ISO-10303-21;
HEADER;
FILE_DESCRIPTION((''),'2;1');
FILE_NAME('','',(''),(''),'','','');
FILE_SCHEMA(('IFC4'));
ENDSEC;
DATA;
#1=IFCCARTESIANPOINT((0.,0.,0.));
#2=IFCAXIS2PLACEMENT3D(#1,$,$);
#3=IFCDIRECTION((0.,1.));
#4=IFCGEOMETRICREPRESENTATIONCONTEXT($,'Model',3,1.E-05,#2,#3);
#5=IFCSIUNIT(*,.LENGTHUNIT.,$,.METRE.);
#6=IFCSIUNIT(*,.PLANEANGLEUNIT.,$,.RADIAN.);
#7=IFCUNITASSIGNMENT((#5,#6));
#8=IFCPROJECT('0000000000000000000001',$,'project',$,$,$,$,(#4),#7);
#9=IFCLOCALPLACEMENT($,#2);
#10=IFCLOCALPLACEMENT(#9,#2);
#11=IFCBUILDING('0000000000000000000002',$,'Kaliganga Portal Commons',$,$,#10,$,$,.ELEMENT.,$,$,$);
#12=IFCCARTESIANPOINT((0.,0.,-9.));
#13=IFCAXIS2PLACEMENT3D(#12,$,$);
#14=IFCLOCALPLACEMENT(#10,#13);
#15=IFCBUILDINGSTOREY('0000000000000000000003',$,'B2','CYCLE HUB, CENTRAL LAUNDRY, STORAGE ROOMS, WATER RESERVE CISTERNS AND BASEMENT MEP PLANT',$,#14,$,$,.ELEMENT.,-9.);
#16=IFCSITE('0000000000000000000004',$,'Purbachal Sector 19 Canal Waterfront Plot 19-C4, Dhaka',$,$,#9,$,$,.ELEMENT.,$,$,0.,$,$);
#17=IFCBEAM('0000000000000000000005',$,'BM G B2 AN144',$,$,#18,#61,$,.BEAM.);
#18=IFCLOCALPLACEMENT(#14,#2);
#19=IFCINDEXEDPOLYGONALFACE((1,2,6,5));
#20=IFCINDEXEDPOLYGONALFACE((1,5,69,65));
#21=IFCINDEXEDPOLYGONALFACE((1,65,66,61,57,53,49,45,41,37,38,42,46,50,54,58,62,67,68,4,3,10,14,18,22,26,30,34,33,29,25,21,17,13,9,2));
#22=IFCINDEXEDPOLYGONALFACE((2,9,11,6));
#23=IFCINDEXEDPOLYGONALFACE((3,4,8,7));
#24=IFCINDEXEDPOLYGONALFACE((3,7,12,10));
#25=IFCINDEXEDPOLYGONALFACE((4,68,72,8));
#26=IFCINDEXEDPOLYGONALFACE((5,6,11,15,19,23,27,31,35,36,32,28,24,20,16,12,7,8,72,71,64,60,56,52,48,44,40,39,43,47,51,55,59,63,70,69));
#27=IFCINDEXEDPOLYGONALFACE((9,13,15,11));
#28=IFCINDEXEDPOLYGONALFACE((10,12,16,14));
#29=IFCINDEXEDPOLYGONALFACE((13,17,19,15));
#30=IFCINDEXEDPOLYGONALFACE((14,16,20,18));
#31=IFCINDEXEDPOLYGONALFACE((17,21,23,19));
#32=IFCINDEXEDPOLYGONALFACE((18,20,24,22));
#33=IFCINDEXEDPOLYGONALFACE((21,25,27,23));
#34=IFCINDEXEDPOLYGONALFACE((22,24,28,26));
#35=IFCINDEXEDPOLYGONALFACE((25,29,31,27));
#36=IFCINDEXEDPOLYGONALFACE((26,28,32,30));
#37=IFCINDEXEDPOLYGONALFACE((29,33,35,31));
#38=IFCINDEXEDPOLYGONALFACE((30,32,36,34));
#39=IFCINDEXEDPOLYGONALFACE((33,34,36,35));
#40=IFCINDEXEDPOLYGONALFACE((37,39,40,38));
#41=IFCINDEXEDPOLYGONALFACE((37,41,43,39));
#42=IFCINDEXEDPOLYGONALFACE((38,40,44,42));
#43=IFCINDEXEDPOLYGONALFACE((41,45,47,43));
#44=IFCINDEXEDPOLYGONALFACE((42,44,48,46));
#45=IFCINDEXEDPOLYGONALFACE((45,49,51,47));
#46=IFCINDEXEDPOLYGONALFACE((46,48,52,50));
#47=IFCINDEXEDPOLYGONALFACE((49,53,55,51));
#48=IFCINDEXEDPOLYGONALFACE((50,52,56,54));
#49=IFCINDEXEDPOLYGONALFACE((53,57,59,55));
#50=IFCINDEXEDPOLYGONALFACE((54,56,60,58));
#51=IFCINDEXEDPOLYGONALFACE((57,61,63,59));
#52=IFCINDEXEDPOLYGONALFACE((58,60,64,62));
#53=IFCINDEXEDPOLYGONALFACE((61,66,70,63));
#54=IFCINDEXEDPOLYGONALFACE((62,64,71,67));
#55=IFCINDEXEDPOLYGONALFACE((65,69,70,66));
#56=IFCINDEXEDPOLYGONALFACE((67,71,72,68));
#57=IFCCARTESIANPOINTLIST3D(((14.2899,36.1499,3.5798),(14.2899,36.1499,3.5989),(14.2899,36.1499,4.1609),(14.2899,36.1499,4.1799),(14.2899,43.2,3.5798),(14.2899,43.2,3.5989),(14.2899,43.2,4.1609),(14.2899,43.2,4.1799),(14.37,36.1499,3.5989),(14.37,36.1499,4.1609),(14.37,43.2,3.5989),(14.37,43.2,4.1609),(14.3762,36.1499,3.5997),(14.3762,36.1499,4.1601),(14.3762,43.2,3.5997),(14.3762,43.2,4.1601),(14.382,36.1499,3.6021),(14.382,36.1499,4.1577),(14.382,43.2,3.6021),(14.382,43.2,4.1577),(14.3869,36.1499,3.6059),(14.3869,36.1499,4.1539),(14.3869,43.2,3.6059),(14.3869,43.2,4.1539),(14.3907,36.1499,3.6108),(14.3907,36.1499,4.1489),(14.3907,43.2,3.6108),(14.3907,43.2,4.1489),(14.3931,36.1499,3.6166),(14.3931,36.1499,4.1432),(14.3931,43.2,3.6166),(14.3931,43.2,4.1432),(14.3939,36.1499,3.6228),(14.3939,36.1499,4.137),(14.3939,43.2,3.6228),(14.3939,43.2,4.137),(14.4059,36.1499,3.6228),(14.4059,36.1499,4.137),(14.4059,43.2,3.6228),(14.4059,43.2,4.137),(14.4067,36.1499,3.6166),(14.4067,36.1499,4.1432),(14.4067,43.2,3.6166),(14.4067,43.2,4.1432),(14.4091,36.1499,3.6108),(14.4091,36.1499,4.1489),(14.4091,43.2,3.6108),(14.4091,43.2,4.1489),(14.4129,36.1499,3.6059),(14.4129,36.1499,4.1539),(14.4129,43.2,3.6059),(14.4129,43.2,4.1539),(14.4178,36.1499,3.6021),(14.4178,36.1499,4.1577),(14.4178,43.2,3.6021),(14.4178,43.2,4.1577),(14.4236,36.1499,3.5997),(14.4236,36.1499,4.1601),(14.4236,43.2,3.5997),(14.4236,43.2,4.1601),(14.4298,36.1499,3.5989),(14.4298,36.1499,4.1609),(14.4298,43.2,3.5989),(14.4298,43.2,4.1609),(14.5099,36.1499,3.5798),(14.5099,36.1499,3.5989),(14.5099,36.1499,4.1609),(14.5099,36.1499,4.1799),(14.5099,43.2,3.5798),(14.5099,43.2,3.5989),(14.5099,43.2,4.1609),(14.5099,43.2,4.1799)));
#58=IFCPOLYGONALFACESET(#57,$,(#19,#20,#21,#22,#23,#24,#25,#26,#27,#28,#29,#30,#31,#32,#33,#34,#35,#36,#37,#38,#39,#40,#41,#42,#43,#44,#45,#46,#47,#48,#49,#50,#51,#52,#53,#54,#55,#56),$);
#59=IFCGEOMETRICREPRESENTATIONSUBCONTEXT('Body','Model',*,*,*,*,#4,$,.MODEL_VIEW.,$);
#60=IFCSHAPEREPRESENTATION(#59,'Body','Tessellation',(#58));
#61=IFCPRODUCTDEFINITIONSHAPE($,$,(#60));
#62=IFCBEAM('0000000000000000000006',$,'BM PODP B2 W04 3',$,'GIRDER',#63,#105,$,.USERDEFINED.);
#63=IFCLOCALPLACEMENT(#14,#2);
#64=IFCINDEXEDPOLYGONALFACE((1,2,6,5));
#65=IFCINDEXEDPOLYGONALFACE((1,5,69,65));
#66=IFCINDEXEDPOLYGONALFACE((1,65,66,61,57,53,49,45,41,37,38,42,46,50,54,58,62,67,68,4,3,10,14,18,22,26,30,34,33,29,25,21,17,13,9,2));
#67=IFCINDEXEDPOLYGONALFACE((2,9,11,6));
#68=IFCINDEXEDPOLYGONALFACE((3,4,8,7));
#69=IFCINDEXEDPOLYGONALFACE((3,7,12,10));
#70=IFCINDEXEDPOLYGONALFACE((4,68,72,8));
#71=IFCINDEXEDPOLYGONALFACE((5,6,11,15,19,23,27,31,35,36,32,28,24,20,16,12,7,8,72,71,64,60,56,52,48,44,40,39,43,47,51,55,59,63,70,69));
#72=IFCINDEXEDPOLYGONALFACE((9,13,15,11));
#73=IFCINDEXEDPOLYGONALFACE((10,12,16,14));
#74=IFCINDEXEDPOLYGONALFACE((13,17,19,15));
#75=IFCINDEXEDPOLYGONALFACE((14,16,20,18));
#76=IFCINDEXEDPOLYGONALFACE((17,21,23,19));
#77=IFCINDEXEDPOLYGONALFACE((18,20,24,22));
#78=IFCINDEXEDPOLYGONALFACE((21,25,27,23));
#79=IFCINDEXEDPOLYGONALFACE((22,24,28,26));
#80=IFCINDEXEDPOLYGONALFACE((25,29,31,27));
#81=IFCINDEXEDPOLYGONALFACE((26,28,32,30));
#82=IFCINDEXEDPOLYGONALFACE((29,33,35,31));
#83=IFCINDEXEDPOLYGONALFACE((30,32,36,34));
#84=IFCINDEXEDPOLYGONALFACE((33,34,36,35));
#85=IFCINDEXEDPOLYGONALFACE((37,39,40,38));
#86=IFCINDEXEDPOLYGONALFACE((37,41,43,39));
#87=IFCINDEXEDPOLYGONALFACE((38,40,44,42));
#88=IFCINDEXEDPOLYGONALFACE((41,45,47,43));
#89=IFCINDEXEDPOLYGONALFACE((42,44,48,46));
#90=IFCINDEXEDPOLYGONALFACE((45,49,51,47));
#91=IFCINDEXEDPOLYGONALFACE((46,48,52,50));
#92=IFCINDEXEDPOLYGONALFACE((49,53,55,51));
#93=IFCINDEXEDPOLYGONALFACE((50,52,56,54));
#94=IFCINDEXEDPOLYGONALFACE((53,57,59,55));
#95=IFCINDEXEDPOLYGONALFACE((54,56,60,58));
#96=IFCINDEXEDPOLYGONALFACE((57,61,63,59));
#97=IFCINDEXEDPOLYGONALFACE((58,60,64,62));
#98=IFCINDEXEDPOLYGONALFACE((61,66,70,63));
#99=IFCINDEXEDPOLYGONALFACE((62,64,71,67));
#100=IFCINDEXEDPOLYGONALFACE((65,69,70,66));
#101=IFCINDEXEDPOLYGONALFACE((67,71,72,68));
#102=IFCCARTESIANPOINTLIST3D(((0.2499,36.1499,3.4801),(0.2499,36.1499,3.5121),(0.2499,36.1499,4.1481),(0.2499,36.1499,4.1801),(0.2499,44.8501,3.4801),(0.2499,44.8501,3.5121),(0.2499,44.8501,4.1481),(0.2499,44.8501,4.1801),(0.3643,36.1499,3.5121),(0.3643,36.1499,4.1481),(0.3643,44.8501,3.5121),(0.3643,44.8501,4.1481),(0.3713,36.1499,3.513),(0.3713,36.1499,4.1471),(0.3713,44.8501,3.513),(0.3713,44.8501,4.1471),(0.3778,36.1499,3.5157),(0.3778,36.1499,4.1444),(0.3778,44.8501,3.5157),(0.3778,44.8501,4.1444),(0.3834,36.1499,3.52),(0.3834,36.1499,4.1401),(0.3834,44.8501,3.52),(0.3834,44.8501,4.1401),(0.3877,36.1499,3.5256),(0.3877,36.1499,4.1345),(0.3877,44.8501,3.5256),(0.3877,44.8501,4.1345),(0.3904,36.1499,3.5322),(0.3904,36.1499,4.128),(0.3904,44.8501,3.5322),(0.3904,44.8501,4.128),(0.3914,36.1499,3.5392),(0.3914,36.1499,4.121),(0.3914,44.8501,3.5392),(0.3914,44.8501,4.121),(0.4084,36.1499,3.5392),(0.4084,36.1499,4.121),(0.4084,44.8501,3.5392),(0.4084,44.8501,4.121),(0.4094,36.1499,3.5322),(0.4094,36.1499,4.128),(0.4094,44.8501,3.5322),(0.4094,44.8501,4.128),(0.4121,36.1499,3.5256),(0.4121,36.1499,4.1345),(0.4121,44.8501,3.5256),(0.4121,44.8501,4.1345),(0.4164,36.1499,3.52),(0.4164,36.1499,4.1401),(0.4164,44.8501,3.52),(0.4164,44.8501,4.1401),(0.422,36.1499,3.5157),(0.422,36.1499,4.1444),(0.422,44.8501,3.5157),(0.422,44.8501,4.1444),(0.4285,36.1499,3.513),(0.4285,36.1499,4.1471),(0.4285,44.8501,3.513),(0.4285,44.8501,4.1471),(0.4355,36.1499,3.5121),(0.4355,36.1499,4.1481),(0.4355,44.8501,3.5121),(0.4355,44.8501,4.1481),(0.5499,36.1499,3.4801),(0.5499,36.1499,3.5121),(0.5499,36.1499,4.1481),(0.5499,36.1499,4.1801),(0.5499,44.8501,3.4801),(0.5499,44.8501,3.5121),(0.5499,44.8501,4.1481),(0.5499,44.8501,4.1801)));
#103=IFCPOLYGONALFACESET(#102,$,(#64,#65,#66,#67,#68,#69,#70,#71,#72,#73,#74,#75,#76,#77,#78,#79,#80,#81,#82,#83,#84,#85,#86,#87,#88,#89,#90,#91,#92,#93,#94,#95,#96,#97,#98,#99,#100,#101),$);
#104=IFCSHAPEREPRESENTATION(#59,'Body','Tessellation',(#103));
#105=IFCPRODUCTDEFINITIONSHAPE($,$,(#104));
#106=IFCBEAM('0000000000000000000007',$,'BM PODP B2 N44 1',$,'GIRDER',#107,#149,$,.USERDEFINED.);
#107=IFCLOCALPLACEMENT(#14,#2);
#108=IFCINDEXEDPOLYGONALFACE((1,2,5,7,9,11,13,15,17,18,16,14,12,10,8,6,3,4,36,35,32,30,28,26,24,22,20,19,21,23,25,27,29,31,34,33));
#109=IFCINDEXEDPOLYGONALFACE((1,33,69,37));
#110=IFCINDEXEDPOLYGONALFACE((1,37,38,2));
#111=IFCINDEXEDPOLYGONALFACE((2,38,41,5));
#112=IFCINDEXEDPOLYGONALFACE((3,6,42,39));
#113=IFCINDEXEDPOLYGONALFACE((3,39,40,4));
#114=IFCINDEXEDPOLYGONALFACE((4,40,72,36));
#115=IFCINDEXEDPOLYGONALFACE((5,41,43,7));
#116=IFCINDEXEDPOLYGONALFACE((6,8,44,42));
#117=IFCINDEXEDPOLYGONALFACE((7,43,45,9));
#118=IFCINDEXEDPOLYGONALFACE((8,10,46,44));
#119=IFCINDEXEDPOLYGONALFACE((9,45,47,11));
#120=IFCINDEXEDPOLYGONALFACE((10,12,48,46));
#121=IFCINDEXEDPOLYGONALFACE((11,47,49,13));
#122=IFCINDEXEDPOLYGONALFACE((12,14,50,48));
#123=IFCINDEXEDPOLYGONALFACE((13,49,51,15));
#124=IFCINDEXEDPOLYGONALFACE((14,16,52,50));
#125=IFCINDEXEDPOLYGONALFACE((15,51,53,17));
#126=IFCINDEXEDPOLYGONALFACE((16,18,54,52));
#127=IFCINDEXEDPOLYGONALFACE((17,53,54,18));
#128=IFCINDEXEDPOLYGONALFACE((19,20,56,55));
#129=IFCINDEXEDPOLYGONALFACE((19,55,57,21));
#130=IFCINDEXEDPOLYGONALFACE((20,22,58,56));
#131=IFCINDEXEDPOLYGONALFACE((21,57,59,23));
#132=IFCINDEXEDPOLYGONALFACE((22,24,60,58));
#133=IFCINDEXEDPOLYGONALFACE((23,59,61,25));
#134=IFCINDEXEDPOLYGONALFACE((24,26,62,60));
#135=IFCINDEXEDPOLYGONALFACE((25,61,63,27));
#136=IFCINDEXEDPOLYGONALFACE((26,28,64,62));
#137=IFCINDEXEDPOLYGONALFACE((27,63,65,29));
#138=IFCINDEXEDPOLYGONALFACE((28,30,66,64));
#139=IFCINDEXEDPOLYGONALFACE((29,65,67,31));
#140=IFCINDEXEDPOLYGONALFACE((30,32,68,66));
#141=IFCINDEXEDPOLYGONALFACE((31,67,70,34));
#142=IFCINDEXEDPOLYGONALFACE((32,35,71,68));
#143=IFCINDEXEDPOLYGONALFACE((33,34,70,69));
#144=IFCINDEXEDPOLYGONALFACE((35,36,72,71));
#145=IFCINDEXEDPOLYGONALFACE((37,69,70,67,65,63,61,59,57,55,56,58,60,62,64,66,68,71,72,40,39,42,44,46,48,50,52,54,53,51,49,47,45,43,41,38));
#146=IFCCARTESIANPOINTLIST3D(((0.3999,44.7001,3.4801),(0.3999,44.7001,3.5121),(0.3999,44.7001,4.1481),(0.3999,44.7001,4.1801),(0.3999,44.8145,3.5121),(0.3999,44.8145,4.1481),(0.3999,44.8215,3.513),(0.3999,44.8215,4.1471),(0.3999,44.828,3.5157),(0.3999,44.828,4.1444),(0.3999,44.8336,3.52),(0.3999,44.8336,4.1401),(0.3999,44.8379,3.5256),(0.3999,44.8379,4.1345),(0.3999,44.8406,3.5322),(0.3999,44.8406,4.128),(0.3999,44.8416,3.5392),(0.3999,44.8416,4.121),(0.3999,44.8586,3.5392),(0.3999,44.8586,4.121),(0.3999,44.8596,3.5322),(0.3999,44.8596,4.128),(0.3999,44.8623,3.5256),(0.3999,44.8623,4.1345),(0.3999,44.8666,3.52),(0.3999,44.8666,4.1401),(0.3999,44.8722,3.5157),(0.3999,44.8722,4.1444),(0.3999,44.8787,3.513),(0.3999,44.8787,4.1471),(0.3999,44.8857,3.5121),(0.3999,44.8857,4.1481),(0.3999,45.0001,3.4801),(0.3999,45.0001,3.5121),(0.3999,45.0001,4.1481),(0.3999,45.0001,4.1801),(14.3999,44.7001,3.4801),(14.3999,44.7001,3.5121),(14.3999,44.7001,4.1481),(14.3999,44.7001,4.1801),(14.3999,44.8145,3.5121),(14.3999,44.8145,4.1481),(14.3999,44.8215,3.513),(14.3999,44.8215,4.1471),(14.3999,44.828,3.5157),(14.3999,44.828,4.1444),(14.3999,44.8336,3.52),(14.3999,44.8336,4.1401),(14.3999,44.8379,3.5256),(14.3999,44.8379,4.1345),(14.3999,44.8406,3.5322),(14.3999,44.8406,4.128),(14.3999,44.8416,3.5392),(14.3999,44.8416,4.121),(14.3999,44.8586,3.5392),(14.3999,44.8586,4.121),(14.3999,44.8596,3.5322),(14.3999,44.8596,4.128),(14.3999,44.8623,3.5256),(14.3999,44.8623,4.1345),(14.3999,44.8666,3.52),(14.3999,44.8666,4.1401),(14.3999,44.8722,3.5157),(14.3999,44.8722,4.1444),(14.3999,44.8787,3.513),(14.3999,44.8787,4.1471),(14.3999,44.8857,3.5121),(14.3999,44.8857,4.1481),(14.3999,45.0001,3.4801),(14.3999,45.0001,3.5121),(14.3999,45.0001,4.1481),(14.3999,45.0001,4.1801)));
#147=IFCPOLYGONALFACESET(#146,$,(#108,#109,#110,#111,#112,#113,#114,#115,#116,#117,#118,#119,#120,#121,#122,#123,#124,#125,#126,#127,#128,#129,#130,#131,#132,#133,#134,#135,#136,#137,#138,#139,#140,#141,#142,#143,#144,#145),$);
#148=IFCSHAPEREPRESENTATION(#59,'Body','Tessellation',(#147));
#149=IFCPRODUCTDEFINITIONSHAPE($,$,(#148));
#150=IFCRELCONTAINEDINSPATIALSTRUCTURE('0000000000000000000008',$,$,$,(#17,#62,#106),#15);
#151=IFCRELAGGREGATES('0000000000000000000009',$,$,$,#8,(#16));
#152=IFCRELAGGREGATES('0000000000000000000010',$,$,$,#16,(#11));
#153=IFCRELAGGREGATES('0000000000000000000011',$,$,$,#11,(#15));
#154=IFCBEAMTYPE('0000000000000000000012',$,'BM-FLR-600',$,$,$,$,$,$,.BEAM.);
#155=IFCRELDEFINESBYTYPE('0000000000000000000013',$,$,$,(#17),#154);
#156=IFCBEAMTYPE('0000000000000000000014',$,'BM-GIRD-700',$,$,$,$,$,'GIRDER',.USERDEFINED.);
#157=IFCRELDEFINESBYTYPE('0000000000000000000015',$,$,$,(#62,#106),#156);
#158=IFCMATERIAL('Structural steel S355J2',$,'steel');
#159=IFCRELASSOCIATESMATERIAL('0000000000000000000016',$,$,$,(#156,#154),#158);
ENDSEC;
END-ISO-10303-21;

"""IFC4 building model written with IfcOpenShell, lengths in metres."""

from ifc_helpers import new_model, si_unit, direction, frame, origin, origin_2d, place, context, subcontext, project, spatial, i_section, extrude, source, transform, mapped, material, material_profile, profile_set, type_object, element, save


model = new_model("IFC4")

# Units and contexts
model_context = context("Model", 3, precision=1e-05, world=origin(), true_north=direction((0.0, 1.0)))
body_context = subcontext(model_context, "Body", "Model", "MODEL_VIEW")
ifc_project = project(units=[si_unit("LENGTHUNIT", "METRE"), si_unit("PLANEANGLEUNIT", "RADIAN")], contexts=[model_context])

# Site, building, storey
site_placement = place(None, origin())
site = spatial("IfcSite", under=ifc_project, at=site_placement, Name="Purbachal Sector 19 Canal Waterfront Plot 19-C4, Dhaka", CompositionType="ELEMENT", RefElevation=0.0)
building_placement = place(site_placement, origin())
building = spatial("IfcBuilding", under=site, at=building_placement, Name="Kaliganga Portal Commons", CompositionType="ELEMENT")
storey_placement = place(building_placement, frame((0.0, 0.0, -9.0)))
storey = spatial("IfcBuildingStorey", under=building, at=storey_placement, Name="B2", Description="CYCLE HUB, CENTRAL LAUNDRY, STORAGE ROOMS, WATER RESERVE CISTERNS AND BASEMENT MEP PLANT", CompositionType="ELEMENT", Elevation=-9.0)

# Beams
ifc_material_1 = material(Name="Structural steel S355J2", Category="steel")
ifc_material_profile_1 = material_profile(ifc_material_1, i_section(OverallWidth=0.3, OverallDepth=0.7, WebThickness=0.0171, FlangeThickness=0.032, FilletRadius=0.0271, at=origin_2d()), Name="HE 700 B")
ifc_profile_set_1 = profile_set([ifc_material_profile_1], Name="Structural steel S355J2 wide-flange")
beam_type_1 = type_object("IfcBeamType", Name="BM-GIRD-700", ElementType="GIRDER", PredefinedType="USERDEFINED", material=ifc_profile_set_1)
ifc_material_profile_2 = material_profile(ifc_material_1, i_section(OverallWidth=0.22, OverallDepth=0.6001, WebThickness=0.012, FlangeThickness=0.019, FilletRadius=0.0239, at=origin_2d()), Name="IPE 600")
ifc_profile_set_2 = profile_set([ifc_material_profile_2], Name="Structural steel S355J2 wide-flange")
beam_type_2 = type_object("IfcBeamType", Name="BM-FLR-600", PredefinedType="BEAM", material=ifc_profile_set_2)
shared_shape_1 = source(origin(), body_context, "Body", "SweptSolid", [
    extrude(i_section(OverallWidth=0.22, OverallDepth=0.6001, WebThickness=0.012, FlangeThickness=0.019, FilletRadius=0.0239, at=origin_2d()), origin(), (0.0, 0.0, 1.0), 7.05),
])
beam_1_placement = place(storey_placement, frame((14.3999, 36.1499, 3.8799), z_axis=(0.0, 1.0, 0.0), x_axis=(-1.0, 0.0, 0.0)))
element("IfcBeam", 1, at=beam_1_placement, inside=storey, type_object=beam_type_2, Name="BM G B2 AN144", PredefinedType="BEAM", context=body_context, shape_type="MappedRepresentation", body=[
    mapped(shared_shape_1, transform((0.0, 0.0, 0.0), x_axis=(1.0, 0.0, 0.0), y_axis=(0.0, 1.0, 0.0), z_axis=(0.0, 0.0, 1.0), scale=1.0)),
])
shared_shape_2 = source(origin(), body_context, "Body", "SweptSolid", [
    extrude(i_section(OverallWidth=0.3, OverallDepth=0.7, WebThickness=0.0171, FlangeThickness=0.032, FilletRadius=0.0271, at=origin_2d()), origin(), (0.0, 0.0, 1.0), 8.7002),
])
beam_2_placement = place(storey_placement, frame((0.3999, 36.1499, 3.8301), z_axis=(0.0, 1.0, 0.0), x_axis=(-1.0, 0.0, 0.0)))
element("IfcBeam", 2, at=beam_2_placement, inside=storey, type_object=beam_type_1, Name="BM PODP B2 W04 3", ObjectType="GIRDER", PredefinedType="USERDEFINED", context=body_context, shape_type="MappedRepresentation", body=[
    mapped(shared_shape_2, transform((0.0, 0.0, 0.0), x_axis=(1.0, 0.0, 0.0), y_axis=(0.0, 1.0, 0.0), z_axis=(0.0, 0.0, 1.0), scale=1.0)),
])
shared_shape_3 = source(origin(), body_context, "Body", "SweptSolid", [
    extrude(i_section(OverallWidth=0.3, OverallDepth=0.7, WebThickness=0.0171, FlangeThickness=0.032, FilletRadius=0.0271, at=origin_2d()), origin(), (0.0, 0.0, 1.0), 14.0),
])
beam_3_placement = place(storey_placement, frame((0.3999, 44.8501, 3.8301), z_axis=(1.0, 0.0, 0.0), x_axis=(0.0, 1.0, 0.0)))
element("IfcBeam", 3, at=beam_3_placement, inside=storey, type_object=beam_type_1, Name="BM PODP B2 N44 1", ObjectType="GIRDER", PredefinedType="USERDEFINED", context=body_context, shape_type="MappedRepresentation", body=[
    mapped(shared_shape_3, transform((0.0, 0.0, 0.0), x_axis=(1.0, 0.0, 0.0), y_axis=(0.0, 1.0, 0.0), z_axis=(0.0, 0.0, 1.0), scale=1.0)),
])

save(model, "model.ifc")
